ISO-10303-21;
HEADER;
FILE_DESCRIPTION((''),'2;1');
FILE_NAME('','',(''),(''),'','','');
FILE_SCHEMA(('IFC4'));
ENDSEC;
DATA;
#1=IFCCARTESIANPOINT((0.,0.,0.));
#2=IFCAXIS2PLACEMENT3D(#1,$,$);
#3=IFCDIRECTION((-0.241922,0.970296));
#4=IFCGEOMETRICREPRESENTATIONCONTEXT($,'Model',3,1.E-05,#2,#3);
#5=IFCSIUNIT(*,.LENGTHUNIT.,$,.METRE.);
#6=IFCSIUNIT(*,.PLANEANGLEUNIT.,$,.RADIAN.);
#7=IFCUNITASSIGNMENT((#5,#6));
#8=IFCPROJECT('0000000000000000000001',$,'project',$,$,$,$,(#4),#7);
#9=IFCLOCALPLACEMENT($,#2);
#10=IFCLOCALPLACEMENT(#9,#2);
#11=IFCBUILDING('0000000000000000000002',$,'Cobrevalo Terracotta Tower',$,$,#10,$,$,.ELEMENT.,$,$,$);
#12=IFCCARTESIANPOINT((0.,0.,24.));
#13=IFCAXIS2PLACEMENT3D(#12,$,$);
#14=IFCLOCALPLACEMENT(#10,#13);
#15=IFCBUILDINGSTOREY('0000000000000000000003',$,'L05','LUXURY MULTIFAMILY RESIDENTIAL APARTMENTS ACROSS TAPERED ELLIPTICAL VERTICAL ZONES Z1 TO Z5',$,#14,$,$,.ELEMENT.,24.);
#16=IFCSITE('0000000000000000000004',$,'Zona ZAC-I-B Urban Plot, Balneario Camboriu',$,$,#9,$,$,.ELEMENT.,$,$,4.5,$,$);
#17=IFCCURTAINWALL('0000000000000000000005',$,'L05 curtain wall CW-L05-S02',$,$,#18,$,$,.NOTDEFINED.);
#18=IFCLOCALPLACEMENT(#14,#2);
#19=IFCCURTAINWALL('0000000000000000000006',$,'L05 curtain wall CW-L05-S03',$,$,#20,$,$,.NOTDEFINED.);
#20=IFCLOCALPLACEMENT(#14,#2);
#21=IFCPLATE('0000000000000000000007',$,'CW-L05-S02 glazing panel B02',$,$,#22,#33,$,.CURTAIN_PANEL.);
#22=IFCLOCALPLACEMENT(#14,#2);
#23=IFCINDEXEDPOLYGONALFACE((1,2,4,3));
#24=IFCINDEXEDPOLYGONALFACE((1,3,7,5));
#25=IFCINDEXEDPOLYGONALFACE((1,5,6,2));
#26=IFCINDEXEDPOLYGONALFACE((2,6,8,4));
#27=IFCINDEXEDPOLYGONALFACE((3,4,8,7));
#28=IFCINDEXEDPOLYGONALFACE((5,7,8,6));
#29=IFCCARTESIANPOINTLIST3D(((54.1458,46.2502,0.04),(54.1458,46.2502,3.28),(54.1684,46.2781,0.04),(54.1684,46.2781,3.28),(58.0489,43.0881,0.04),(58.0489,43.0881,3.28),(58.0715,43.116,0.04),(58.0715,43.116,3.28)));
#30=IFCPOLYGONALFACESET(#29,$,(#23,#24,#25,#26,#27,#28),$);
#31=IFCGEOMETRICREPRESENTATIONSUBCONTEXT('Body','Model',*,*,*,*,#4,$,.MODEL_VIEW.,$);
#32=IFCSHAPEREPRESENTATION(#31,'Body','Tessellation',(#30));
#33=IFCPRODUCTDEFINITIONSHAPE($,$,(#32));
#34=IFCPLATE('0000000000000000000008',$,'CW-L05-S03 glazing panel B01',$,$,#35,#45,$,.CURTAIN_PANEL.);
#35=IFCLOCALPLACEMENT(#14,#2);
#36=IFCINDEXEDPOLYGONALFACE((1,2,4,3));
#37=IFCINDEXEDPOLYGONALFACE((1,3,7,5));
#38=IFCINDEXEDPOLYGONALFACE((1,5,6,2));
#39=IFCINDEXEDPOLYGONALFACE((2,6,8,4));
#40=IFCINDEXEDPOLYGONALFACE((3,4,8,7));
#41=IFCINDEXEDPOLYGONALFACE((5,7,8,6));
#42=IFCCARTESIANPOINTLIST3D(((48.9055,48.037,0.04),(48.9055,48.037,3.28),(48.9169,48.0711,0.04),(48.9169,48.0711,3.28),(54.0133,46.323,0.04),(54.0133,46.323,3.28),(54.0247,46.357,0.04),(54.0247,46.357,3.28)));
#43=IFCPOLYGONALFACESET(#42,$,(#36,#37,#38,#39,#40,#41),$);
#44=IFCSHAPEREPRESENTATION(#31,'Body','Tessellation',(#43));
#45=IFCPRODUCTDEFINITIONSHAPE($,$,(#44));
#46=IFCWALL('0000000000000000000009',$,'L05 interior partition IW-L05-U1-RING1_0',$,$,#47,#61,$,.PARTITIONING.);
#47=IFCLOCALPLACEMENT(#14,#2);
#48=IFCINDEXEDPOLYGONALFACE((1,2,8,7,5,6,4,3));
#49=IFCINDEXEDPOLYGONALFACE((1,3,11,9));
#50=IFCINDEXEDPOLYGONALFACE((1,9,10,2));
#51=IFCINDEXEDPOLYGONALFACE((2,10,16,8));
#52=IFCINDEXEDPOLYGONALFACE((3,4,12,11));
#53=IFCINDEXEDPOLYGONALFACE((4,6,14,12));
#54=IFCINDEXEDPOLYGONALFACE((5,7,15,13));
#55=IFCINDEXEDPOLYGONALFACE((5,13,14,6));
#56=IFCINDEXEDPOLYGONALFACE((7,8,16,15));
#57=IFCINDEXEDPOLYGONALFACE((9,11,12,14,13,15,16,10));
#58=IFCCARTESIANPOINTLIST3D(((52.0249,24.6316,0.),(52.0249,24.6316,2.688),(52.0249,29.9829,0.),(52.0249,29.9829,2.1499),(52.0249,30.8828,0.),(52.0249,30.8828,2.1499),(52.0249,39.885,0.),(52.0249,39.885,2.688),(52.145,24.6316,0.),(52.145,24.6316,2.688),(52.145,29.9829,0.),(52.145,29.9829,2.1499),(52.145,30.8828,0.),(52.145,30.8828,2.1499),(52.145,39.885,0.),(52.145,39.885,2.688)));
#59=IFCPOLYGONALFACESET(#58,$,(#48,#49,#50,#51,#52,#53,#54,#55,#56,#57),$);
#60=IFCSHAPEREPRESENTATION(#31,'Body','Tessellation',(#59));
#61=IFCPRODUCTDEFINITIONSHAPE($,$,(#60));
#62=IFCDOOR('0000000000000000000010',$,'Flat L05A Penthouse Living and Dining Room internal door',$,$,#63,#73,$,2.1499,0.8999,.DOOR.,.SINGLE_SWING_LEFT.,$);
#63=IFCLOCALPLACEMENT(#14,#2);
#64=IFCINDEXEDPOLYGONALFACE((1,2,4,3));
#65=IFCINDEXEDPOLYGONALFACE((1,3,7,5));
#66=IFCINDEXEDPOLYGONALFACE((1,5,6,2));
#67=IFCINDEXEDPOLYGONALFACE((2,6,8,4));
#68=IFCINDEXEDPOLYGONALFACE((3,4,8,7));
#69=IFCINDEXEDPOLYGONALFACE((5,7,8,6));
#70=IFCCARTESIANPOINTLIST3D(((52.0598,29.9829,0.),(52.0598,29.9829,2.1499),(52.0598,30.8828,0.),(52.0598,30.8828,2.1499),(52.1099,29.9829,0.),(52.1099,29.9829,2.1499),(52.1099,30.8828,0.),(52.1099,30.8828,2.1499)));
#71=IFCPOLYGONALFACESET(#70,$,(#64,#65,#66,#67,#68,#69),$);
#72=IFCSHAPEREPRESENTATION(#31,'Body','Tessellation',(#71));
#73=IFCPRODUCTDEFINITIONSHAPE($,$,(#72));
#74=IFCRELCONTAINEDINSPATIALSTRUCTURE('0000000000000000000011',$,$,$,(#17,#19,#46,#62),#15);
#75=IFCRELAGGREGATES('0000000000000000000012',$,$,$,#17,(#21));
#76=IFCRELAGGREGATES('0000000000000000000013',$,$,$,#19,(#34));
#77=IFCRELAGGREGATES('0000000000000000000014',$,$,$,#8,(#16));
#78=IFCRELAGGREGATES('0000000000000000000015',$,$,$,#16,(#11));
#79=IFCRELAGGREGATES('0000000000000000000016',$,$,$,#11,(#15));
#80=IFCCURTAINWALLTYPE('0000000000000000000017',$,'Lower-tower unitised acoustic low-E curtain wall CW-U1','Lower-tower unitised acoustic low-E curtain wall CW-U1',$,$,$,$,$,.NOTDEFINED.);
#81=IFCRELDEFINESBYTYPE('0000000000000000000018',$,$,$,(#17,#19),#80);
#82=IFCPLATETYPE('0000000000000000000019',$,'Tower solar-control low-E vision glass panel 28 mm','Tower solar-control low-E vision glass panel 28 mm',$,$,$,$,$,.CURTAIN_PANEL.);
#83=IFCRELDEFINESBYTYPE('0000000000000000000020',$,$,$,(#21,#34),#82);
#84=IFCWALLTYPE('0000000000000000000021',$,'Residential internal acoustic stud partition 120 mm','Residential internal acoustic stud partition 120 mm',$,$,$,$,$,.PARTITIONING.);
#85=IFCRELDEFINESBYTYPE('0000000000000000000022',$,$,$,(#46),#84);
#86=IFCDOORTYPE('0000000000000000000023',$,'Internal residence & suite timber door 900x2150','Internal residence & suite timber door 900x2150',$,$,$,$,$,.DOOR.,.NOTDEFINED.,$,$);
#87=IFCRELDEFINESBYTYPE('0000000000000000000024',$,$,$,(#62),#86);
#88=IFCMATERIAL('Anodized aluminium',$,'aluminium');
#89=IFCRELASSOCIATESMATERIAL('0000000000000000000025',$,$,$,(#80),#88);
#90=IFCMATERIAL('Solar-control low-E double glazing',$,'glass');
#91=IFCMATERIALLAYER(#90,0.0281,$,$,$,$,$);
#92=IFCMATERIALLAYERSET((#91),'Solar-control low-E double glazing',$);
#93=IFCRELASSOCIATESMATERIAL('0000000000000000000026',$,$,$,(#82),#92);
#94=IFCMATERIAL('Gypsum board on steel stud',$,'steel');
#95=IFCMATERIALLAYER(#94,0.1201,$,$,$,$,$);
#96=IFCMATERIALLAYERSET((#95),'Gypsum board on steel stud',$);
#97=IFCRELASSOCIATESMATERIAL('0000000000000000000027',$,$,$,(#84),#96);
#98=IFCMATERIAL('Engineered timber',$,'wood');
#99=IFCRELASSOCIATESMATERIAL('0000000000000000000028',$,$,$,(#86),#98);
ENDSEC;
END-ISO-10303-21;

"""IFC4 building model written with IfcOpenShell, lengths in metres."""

from ifc_helpers import new_model, si_unit, direction, frame, frame_2d, origin, origin_2d, place, context, subcontext, project, spatial, rectangle, extrude, source, transform, mapped, material, layer, layer_set, type_object, element, fill, aggregate, save


model = new_model("IFC4")

# Units and contexts
model_context = context("Model", 3, precision=1e-05, world=origin(), true_north=direction((-0.241922, 0.970296)))
body_context = subcontext(model_context, "Body", "Model", "MODEL_VIEW")
ifc_project = project(units=[si_unit("LENGTHUNIT", "METRE"), si_unit("PLANEANGLEUNIT", "RADIAN")], contexts=[model_context])

# Site, building, storey
site_placement = place(None, origin())
site = spatial("IfcSite", under=ifc_project, at=site_placement, Name="Zona ZAC-I-B Urban Plot, Balneario Camboriu", CompositionType="ELEMENT", RefElevation=4.5)
building_placement = place(site_placement, origin())
building = spatial("IfcBuilding", under=site, at=building_placement, Name="Cobrevalo Terracotta Tower", CompositionType="ELEMENT")
storey_placement = place(building_placement, frame((0.0, 0.0, 24.0)))
storey = spatial("IfcBuildingStorey", under=building, at=storey_placement, Name="L05", Description="LUXURY MULTIFAMILY RESIDENTIAL APARTMENTS ACROSS TAPERED ELLIPTICAL VERTICAL ZONES Z1 TO Z5", CompositionType="ELEMENT", Elevation=24.0)

# Curtain wall
ifc_material_1 = material(Name="Anodized aluminium", Category="aluminium")
curtain_wall_type = type_object("IfcCurtainWallType", Name="Lower-tower unitised acoustic low-E curtain wall CW-U1", Description="Lower-tower unitised acoustic low-E curtain wall CW-U1", PredefinedType="NOTDEFINED", material=ifc_material_1)
curtain_wall_1_placement = place(storey_placement, origin())
curtain_wall_1 = element("IfcCurtainWall", 1, at=curtain_wall_1_placement, inside=storey, type_object=curtain_wall_type, Name="L05 curtain wall CW-L05-S02", PredefinedType="NOTDEFINED")

# Curtain wall
curtain_wall_2_placement = place(storey_placement, origin())
curtain_wall_2 = element("IfcCurtainWall", 2, at=curtain_wall_2_placement, inside=storey, type_object=curtain_wall_type, Name="L05 curtain wall CW-L05-S03", PredefinedType="NOTDEFINED")

# Plates
ifc_material_2 = material(Name="Solar-control low-E double glazing", Category="glass")
ifc_layer_1 = layer(ifc_material_2, 0.0281)
ifc_layer_set_1 = layer_set([ifc_layer_1], Name="Solar-control low-E double glazing")
plate_type = type_object("IfcPlateType", Name="Tower solar-control low-E vision glass panel 28 mm", Description="Tower solar-control low-E vision glass panel 28 mm", PredefinedType="CURTAIN_PANEL", material=ifc_layer_set_1)
shared_shape_1 = source(origin(), body_context, "Body", "SweptSolid", [
    extrude(rectangle(XDim=5.0232, YDim=0.0359, at=origin_2d()), origin(), (0.0, 0.0, 1.0), 3.24),
])
plate_1_placement = place(storey_placement, frame((56.1086, 44.6831, 0.04), z_axis=(0.0, 0.0, 1.0), x_axis=(-0.777008, 0.629491, 0.0)))
plate_1 = element("IfcPlate", 3, at=plate_1_placement, type_object=plate_type, Name="CW-L05-S02 glazing panel B02", PredefinedType="CURTAIN_PANEL", context=body_context, shape_type="MappedRepresentation", body=[
    mapped(shared_shape_1, transform((0.0, 0.0, 0.0), scale=1.0)),
])
aggregate(curtain_wall_1, [plate_1])
shared_shape_2 = source(origin(), body_context, "Body", "SweptSolid", [
    extrude(rectangle(XDim=5.3877, YDim=0.0359, at=origin_2d()), origin(), (0.0, 0.0, 1.0), 3.24),
])
plate_2_placement = place(storey_placement, frame((51.4651, 47.197, 0.04), z_axis=(0.0, 0.0, 1.0), x_axis=(-0.948044, 0.318139, 0.0)))
plate_2 = element("IfcPlate", 4, at=plate_2_placement, type_object=plate_type, Name="CW-L05-S03 glazing panel B01", PredefinedType="CURTAIN_PANEL", context=body_context, shape_type="MappedRepresentation", body=[
    mapped(shared_shape_2, transform((0.0, 0.0, 0.0), scale=1.0)),
])
aggregate(curtain_wall_2, [plate_2])

# Wall, opening, door
ifc_material_3 = material(Name="Gypsum board on steel stud", Category="steel")
ifc_layer_2 = layer(ifc_material_3, 0.1201)
ifc_layer_set_2 = layer_set([ifc_layer_2], Name="Gypsum board on steel stud")
wall_type = type_object("IfcWallType", Name="Residential internal acoustic stud partition 120 mm", Description="Residential internal acoustic stud partition 120 mm", PredefinedType="PARTITIONING", material=ifc_layer_set_2)
wall_placement = place(storey_placement, frame((52.085, 39.885, 0.0), z_axis=(0.0, 0.0, 1.0), x_axis=(0.0, -1.0, 0.0)))
wall = element("IfcWall", 5, at=wall_placement, inside=storey, type_object=wall_type, Name="L05 interior partition IW-L05-U1-RING1_0", PredefinedType="PARTITIONING", context=body_context, shape_type="SweptSolid", body=[
    extrude(rectangle(XDim=15.2534, YDim=0.1201, at=frame_2d((7.6267, 0.0))), origin(), (0.0, 0.0, 1.0), 2.688),
])
opening_placement = place(wall_placement, frame((9.0022, 0.0, 0.0)))
opening = element("IfcOpeningElement", 6, at=opening_placement, cuts=wall, PredefinedType="OPENING", context=body_context, shape_type="SweptSolid", body=[
    extrude(rectangle(XDim=0.8999, YDim=2.1499, at=frame_2d((0.45, 1.075))), frame((0.0, 0.0701, 0.0), z_axis=(0.0, -1.0, 0.0), x_axis=(1.0, 0.0, 0.0)), (0.0, 0.0, 1.0), 0.1401),
])
ifc_material_4 = material(Name="Engineered timber", Category="wood")
door_type = type_object("IfcDoorType", Name="Internal residence & suite timber door 900x2150", Description="Internal residence & suite timber door 900x2150", OperationType="NOTDEFINED", PredefinedType="DOOR", material=ifc_material_4)
shared_shape_3 = source(origin(), body_context, "Body", "SweptSolid", [
    extrude(rectangle(XDim=0.8999, YDim=2.1499, at=frame_2d((0.45, 1.075))), frame((0.0, 0.0249, 0.0), z_axis=(0.0, -1.0, 0.0), x_axis=(1.0, 0.0, 0.0)), (0.0, 0.0, 1.0), 0.05),
])
door_placement = place(opening_placement, origin())
door = element("IfcDoor", 7, at=door_placement, inside=storey, type_object=door_type, Name="Flat L05A Penthouse Living and Dining Room internal door", OperationType="SINGLE_SWING_LEFT", OverallHeight=2.1499, OverallWidth=0.8999, PredefinedType="DOOR", context=body_context, shape_type="MappedRepresentation", body=[
    mapped(shared_shape_3, transform((0.0, 0.0, 0.0), scale=1.0)),
])
fill(opening, door)

save(model, "model.ifc")
